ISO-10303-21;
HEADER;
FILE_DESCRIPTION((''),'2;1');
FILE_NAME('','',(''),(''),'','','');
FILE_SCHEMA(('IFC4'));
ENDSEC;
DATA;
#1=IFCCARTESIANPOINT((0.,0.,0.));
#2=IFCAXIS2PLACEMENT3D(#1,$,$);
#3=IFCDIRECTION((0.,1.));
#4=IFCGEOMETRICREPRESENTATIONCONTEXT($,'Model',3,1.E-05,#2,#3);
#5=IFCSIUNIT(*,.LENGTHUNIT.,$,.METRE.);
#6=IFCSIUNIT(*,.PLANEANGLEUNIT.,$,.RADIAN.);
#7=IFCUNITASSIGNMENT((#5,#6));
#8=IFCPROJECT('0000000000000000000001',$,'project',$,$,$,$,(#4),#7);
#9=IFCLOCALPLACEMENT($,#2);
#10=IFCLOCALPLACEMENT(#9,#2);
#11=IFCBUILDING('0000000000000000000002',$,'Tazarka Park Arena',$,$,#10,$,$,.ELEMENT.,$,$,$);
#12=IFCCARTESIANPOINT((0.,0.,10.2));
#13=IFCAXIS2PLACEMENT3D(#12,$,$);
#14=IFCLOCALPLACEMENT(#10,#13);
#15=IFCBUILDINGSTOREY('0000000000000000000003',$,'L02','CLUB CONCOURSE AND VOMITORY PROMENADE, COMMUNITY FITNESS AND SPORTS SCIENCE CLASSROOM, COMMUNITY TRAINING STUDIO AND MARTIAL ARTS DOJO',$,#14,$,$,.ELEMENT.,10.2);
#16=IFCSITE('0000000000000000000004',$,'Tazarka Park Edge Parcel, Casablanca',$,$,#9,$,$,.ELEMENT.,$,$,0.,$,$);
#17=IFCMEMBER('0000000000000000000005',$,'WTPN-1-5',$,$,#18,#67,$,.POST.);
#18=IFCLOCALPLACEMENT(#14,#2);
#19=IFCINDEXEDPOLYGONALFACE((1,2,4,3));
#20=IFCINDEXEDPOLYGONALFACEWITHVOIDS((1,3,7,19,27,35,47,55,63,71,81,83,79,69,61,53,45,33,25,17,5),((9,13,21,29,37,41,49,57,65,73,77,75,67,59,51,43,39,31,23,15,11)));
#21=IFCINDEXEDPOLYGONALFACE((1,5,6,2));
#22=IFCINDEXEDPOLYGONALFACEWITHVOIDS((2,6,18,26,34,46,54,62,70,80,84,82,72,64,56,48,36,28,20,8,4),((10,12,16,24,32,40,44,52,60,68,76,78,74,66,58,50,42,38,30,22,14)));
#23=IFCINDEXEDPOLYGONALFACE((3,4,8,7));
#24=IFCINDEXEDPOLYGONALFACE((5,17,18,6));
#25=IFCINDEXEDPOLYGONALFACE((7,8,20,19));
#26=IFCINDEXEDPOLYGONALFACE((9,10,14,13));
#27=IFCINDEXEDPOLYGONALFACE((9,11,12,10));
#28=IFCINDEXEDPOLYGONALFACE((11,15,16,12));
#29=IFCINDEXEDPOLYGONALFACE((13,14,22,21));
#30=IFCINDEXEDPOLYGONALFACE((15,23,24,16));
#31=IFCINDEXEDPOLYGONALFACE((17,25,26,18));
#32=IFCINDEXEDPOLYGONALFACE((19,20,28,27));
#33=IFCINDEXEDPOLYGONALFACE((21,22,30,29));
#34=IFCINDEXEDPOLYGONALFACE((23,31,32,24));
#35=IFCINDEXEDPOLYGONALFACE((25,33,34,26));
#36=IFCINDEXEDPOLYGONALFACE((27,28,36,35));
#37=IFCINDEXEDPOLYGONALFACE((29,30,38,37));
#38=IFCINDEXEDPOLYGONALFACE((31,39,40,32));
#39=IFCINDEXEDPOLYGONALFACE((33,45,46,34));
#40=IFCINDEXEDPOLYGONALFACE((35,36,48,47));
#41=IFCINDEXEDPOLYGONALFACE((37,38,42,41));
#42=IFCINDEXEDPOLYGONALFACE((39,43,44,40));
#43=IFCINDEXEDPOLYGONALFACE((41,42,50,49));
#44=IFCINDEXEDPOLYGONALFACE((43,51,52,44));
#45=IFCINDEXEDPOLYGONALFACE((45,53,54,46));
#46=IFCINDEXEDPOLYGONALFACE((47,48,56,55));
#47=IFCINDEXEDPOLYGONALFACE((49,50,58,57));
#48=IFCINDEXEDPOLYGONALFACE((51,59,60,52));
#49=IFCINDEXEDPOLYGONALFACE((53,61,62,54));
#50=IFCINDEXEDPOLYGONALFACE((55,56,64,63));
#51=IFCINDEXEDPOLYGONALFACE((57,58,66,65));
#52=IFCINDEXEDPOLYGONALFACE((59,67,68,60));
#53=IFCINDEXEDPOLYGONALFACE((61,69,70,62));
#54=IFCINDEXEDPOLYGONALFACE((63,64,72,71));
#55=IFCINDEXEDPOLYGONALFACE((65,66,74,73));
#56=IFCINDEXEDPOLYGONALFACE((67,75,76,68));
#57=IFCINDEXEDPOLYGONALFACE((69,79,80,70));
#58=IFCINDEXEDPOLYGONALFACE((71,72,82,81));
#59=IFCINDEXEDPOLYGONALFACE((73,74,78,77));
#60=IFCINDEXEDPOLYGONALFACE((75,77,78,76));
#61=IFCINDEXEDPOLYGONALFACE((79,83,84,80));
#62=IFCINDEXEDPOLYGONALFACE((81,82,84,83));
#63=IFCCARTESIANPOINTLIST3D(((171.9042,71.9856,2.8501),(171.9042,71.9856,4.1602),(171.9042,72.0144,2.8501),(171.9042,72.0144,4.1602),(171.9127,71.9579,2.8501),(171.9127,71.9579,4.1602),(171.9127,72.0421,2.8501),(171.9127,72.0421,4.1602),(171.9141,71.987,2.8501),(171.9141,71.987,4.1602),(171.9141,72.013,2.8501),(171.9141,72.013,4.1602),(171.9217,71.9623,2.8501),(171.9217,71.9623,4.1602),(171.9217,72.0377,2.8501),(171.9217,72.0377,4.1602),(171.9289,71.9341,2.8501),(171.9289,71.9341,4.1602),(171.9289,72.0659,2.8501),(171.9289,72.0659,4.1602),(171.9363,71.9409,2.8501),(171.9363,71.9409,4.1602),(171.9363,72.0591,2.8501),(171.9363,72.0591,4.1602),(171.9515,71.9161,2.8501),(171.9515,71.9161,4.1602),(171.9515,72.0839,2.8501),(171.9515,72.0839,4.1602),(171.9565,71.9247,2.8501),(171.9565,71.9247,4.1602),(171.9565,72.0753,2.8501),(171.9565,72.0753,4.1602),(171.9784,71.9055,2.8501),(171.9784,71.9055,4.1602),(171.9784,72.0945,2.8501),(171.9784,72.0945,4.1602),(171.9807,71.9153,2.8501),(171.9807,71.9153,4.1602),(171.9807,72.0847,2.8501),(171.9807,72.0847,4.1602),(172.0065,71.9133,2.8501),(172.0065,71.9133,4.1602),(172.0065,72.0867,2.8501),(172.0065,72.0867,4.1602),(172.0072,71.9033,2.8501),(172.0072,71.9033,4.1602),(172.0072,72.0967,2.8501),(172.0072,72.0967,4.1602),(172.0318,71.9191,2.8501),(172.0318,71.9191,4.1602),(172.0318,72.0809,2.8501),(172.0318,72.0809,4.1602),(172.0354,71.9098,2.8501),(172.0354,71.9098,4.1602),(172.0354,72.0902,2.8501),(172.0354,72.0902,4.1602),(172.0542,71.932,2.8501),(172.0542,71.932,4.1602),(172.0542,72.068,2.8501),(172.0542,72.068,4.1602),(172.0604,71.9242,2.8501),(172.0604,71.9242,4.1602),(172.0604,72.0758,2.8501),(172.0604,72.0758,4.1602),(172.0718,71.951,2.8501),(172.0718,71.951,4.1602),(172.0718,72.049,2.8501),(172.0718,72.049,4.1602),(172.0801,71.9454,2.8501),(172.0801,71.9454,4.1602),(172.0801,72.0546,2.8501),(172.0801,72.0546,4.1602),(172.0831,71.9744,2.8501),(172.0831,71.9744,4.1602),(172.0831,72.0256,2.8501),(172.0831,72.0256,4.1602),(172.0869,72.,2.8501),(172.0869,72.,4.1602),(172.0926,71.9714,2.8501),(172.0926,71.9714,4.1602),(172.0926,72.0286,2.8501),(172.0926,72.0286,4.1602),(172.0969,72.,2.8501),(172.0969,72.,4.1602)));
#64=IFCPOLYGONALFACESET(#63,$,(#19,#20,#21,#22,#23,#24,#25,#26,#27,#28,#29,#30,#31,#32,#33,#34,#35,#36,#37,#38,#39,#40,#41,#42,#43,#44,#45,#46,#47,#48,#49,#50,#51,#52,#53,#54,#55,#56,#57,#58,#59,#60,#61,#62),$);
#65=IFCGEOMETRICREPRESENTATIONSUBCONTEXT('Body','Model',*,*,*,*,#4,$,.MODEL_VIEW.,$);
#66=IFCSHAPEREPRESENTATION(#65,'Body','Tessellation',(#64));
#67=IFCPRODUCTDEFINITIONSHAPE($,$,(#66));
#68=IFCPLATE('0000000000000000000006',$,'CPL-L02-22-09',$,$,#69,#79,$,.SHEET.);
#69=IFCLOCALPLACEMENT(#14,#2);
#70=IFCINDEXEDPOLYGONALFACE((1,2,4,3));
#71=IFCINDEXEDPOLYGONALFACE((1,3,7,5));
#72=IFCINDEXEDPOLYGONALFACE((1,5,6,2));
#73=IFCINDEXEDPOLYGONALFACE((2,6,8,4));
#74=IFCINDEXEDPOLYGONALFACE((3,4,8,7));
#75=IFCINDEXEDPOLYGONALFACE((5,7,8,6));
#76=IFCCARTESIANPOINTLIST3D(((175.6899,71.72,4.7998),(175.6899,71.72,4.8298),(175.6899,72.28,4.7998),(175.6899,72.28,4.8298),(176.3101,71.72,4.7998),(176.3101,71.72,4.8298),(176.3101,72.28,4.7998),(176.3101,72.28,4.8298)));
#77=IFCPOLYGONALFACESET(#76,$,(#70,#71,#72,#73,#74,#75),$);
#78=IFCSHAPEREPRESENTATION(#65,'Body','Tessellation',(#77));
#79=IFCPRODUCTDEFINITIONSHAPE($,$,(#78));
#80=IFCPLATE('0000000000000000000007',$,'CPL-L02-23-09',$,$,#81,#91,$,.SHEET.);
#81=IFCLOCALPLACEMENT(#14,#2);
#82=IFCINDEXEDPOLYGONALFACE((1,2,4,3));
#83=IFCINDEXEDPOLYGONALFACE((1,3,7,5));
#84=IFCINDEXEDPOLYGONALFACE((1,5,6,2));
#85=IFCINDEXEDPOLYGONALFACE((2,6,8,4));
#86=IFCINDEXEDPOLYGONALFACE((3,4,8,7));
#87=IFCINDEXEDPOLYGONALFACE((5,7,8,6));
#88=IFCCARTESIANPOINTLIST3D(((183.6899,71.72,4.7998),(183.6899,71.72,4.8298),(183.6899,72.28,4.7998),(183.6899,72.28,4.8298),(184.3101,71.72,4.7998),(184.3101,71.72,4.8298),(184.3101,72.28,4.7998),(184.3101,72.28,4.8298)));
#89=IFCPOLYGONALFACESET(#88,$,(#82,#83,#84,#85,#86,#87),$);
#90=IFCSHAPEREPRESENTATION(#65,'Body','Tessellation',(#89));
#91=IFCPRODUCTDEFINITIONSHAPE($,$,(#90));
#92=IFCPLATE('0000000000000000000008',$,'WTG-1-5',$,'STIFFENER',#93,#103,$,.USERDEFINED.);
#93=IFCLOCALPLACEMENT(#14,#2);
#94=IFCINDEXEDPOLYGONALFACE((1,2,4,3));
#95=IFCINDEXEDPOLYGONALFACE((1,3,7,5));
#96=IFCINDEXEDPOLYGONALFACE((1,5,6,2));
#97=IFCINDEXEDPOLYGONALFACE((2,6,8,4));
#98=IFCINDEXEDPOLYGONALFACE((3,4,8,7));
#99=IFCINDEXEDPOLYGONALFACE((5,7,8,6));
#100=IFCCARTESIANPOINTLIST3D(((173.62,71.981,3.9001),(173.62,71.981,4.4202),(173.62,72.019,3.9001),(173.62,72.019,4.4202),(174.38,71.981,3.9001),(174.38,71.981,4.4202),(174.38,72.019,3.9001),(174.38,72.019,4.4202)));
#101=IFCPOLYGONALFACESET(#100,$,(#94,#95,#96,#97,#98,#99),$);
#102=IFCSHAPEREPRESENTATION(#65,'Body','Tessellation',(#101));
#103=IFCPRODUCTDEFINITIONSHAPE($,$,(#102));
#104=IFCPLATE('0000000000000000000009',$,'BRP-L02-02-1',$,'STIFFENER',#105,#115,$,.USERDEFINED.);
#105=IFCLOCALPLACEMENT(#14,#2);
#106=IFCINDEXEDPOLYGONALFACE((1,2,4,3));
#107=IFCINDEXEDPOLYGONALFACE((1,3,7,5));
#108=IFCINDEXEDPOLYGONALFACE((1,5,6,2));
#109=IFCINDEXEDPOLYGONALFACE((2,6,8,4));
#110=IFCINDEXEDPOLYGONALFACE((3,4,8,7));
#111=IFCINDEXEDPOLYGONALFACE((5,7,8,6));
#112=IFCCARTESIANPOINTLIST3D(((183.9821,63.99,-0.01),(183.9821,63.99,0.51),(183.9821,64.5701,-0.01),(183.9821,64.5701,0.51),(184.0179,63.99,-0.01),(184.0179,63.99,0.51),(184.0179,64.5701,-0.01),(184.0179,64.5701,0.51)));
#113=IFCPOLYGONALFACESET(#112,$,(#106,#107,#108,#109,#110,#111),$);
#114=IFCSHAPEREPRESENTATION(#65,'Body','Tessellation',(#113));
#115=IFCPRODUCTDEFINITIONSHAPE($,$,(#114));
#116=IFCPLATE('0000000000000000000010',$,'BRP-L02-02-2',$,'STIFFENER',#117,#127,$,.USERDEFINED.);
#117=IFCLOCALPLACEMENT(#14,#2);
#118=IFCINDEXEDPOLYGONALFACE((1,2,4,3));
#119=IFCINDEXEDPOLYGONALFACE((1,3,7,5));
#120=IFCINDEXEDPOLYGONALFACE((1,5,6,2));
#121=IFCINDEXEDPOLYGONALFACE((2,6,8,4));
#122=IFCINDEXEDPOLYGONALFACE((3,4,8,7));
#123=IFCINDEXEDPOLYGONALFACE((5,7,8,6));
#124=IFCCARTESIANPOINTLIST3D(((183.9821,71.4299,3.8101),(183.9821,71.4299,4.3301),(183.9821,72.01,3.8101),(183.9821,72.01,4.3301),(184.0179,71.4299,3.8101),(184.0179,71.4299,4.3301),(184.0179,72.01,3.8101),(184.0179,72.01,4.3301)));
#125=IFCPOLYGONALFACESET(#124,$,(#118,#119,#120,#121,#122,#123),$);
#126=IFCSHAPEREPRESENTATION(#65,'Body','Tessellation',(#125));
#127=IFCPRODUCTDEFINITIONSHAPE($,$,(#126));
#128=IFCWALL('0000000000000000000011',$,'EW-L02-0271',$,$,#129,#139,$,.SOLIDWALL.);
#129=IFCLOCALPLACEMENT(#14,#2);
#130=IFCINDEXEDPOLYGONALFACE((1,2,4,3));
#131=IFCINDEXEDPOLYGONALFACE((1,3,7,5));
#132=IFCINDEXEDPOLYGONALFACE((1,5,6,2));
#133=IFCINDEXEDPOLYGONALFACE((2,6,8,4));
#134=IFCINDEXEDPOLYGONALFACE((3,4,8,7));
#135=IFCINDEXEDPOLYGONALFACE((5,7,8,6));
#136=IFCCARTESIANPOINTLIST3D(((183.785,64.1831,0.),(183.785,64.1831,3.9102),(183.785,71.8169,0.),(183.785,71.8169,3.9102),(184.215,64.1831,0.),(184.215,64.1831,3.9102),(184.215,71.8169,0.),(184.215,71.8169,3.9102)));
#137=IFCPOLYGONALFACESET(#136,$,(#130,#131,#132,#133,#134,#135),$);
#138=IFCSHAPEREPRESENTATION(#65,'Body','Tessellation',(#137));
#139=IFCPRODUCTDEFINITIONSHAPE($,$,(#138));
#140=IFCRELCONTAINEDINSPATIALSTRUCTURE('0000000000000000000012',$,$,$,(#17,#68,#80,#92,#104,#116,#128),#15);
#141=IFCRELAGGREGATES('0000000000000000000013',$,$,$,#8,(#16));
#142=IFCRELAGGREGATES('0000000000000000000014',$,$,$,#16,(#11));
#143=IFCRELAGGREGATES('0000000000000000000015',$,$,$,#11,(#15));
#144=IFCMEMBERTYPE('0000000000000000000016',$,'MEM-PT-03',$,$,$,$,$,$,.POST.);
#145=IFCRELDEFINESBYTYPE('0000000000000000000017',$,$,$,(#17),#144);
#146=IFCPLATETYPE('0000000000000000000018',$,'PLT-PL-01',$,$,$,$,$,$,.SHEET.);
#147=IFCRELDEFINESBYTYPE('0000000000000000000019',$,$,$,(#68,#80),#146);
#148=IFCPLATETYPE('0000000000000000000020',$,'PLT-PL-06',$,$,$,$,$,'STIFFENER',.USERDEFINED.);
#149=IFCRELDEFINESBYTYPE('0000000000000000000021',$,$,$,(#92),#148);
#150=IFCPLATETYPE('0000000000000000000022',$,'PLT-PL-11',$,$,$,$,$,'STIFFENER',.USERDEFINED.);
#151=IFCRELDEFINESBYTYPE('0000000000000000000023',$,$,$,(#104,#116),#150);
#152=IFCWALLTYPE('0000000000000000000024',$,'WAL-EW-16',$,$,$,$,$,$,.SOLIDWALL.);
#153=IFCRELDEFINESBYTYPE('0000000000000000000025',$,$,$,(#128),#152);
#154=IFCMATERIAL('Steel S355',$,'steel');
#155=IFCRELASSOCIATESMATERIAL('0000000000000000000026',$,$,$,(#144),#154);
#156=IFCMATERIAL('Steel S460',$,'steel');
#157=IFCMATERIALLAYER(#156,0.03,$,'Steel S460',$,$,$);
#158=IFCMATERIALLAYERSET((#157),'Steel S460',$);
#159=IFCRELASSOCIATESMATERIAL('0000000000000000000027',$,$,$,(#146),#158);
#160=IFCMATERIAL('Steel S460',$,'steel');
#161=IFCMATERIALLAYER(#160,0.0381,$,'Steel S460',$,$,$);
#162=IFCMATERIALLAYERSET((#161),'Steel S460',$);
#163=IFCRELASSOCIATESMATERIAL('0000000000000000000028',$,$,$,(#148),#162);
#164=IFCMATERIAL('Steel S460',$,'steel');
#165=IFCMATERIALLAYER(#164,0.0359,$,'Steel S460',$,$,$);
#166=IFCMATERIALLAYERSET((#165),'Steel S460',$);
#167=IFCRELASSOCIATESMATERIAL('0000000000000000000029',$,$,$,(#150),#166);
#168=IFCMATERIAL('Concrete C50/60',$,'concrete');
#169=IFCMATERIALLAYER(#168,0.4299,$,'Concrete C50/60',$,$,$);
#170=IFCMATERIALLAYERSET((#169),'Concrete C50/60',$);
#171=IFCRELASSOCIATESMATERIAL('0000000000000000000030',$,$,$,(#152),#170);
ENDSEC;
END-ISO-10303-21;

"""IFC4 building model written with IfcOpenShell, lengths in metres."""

from ifc_helpers import new_model, si_unit, direction, frame, frame_2d, origin, origin_2d, place, context, subcontext, project, spatial, rectangle, hollow_circle, extrude, material, layer, layer_set, material_profile, profile_set, type_object, element, save


model = new_model("IFC4")

# Units and contexts
model_context = context("Model", 3, precision=1e-05, world=origin(), true_north=direction((0.0, 1.0)))
body_context = subcontext(model_context, "Body", "Model", "MODEL_VIEW")
ifc_project = project(units=[si_unit("LENGTHUNIT", "METRE"), si_unit("PLANEANGLEUNIT", "RADIAN")], contexts=[model_context])

# Site, building, storey
site_placement = place(None, origin())
site = spatial("IfcSite", under=ifc_project, at=site_placement, Name="Tazarka Park Edge Parcel, Casablanca", CompositionType="ELEMENT", RefElevation=0.0)
building_placement = place(site_placement, origin())
building = spatial("IfcBuilding", under=site, at=building_placement, Name="Tazarka Park Arena", CompositionType="ELEMENT")
storey_placement = place(building_placement, frame((0.0, 0.0, 10.2)))
storey = spatial("IfcBuildingStorey", under=building, at=storey_placement, Name="L02", Description="CLUB CONCOURSE AND VOMITORY PROMENADE, COMMUNITY FITNESS AND SPORTS SCIENCE CLASSROOM, COMMUNITY TRAINING STUDIO AND MARTIAL ARTS DOJO", CompositionType="ELEMENT", Elevation=10.2)

# Member
ifc_material_1 = material(Name="Steel S355", Category="steel")
ifc_material_profile_1 = material_profile(ifc_material_1, hollow_circle(Radius=0.0969, WallThickness=0.01, at=origin_2d()), Name="Steel S355")
ifc_profile_set_1 = profile_set([ifc_material_profile_1], Name="Steel S355")
member_type_1 = type_object("IfcMemberType", Name="MEM-PT-03", PredefinedType="POST", material=ifc_profile_set_1)
member_1_placement = place(storey_placement, frame((172.0, 72.0, 2.8501), z_axis=(0.0, 0.0, 1.0), x_axis=(1.0, 0.0, 0.0)))
element("IfcMember", 1, at=member_1_placement, inside=storey, type_object=member_type_1, Name="WTPN-1-5", PredefinedType="POST", context=body_context, shape_type="SweptSolid", body=[
    extrude(hollow_circle(Radius=0.0969, WallThickness=0.01, at=origin_2d()), origin(), (0.0, 0.0, 1.0), 1.3101),
])

# Plates
ifc_material_2 = material(Name="Steel S460", Category="steel")
ifc_layer_1 = layer(ifc_material_2, 0.03, Name="Steel S460")
ifc_layer_set_1 = layer_set([ifc_layer_1], Name="Steel S460")
plate_type_1 = type_object("IfcPlateType", Name="PLT-PL-01", PredefinedType="SHEET", material=ifc_layer_set_1)
for number, where, z_axis, x_axis, name in (
    (2, (176.0, 72.0, 4.7998), (0.0, 0.0, 1.0), (1.0, 0.0, 0.0), "CPL-L02-22-09"),
    (3, (184.0, 72.0, 4.7998), (0.0, 0.0, 1.0), (1.0, 0.0, 0.0), "CPL-L02-23-09"),
):
    element("IfcPlate", number, at=place(storey_placement, frame(where, z_axis=z_axis, x_axis=x_axis)), inside=storey, type_object=plate_type_1, Name=name, PredefinedType="SHEET", context=body_context, shape_type="SweptSolid", body=[
        extrude(rectangle(XDim=0.6201, YDim=0.5601, at=origin_2d()), origin(), (0.0, 0.0, 1.0), 0.03),
    ])
ifc_material_3 = material(Name="Steel S460", Category="steel")
ifc_layer_2 = layer(ifc_material_3, 0.0381, Name="Steel S460")
ifc_layer_set_2 = layer_set([ifc_layer_2], Name="Steel S460")
plate_type_2 = type_object("IfcPlateType", Name="PLT-PL-06", ElementType="STIFFENER", PredefinedType="USERDEFINED", material=ifc_layer_set_2)
plate_placement = place(storey_placement, frame((174.0, 72.0, 3.9001), z_axis=(0.0, 0.0, 1.0), x_axis=(1.0, 0.0, 0.0)))
element("IfcPlate", 4, at=plate_placement, inside=storey, type_object=plate_type_2, Name="WTG-1-5", ObjectType="STIFFENER", PredefinedType="USERDEFINED", context=body_context, shape_type="SweptSolid", body=[
    extrude(rectangle(XDim=0.76, YDim=0.0381, at=origin_2d()), origin(), (0.0, 0.0, 1.0), 0.52),
])
ifc_material_4 = material(Name="Steel S460", Category="steel")
ifc_layer_3 = layer(ifc_material_4, 0.0359, Name="Steel S460")
ifc_layer_set_3 = layer_set([ifc_layer_3], Name="Steel S460")
plate_type_3 = type_object("IfcPlateType", Name="PLT-PL-11", ElementType="STIFFENER", PredefinedType="USERDEFINED", material=ifc_layer_set_3)
for number, where, z_axis, x_axis, name in (
    (5, (184.0, 64.28, -0.01), (0.0, 0.0, 1.0), (1.0, 0.0, 0.0), "BRP-L02-02-1"),
    (6, (184.0, 71.72, 3.8101), (0.0, 0.0, 1.0), (1.0, 0.0, 0.0), "BRP-L02-02-2"),
):
    element("IfcPlate", number, at=place(storey_placement, frame(where, z_axis=z_axis, x_axis=x_axis)), inside=storey, type_object=plate_type_3, Name=name, ObjectType="STIFFENER", PredefinedType="USERDEFINED", context=body_context, shape_type="SweptSolid", body=[
        extrude(rectangle(XDim=0.0359, YDim=0.5801, at=origin_2d()), origin(), (0.0, 0.0, 1.0), 0.52),
    ])

# Wall
ifc_material_5 = material(Name="Concrete C50/60", Category="concrete")
ifc_layer_4 = layer(ifc_material_5, 0.4299, Name="Concrete C50/60")
ifc_layer_set_4 = layer_set([ifc_layer_4], Name="Concrete C50/60")
wall_type = type_object("IfcWallType", Name="WAL-EW-16", PredefinedType="SOLIDWALL", material=ifc_layer_set_4)
wall_placement = place(storey_placement, frame((184.0, 71.8169, 0.0), z_axis=(0.0, 0.0, 1.0), x_axis=(0.0, -1.0, 0.0)))
element("IfcWall", 7, at=wall_placement, inside=storey, type_object=wall_type, Name="EW-L02-0271", PredefinedType="SOLIDWALL", context=body_context, shape_type="SweptSolid", body=[
    extrude(rectangle(XDim=7.6338, YDim=0.4299, at=frame_2d((3.8169, 0.0))), origin(), (0.0, 0.0, 1.0), 3.9102),
])

save(model, "model.ifc")
